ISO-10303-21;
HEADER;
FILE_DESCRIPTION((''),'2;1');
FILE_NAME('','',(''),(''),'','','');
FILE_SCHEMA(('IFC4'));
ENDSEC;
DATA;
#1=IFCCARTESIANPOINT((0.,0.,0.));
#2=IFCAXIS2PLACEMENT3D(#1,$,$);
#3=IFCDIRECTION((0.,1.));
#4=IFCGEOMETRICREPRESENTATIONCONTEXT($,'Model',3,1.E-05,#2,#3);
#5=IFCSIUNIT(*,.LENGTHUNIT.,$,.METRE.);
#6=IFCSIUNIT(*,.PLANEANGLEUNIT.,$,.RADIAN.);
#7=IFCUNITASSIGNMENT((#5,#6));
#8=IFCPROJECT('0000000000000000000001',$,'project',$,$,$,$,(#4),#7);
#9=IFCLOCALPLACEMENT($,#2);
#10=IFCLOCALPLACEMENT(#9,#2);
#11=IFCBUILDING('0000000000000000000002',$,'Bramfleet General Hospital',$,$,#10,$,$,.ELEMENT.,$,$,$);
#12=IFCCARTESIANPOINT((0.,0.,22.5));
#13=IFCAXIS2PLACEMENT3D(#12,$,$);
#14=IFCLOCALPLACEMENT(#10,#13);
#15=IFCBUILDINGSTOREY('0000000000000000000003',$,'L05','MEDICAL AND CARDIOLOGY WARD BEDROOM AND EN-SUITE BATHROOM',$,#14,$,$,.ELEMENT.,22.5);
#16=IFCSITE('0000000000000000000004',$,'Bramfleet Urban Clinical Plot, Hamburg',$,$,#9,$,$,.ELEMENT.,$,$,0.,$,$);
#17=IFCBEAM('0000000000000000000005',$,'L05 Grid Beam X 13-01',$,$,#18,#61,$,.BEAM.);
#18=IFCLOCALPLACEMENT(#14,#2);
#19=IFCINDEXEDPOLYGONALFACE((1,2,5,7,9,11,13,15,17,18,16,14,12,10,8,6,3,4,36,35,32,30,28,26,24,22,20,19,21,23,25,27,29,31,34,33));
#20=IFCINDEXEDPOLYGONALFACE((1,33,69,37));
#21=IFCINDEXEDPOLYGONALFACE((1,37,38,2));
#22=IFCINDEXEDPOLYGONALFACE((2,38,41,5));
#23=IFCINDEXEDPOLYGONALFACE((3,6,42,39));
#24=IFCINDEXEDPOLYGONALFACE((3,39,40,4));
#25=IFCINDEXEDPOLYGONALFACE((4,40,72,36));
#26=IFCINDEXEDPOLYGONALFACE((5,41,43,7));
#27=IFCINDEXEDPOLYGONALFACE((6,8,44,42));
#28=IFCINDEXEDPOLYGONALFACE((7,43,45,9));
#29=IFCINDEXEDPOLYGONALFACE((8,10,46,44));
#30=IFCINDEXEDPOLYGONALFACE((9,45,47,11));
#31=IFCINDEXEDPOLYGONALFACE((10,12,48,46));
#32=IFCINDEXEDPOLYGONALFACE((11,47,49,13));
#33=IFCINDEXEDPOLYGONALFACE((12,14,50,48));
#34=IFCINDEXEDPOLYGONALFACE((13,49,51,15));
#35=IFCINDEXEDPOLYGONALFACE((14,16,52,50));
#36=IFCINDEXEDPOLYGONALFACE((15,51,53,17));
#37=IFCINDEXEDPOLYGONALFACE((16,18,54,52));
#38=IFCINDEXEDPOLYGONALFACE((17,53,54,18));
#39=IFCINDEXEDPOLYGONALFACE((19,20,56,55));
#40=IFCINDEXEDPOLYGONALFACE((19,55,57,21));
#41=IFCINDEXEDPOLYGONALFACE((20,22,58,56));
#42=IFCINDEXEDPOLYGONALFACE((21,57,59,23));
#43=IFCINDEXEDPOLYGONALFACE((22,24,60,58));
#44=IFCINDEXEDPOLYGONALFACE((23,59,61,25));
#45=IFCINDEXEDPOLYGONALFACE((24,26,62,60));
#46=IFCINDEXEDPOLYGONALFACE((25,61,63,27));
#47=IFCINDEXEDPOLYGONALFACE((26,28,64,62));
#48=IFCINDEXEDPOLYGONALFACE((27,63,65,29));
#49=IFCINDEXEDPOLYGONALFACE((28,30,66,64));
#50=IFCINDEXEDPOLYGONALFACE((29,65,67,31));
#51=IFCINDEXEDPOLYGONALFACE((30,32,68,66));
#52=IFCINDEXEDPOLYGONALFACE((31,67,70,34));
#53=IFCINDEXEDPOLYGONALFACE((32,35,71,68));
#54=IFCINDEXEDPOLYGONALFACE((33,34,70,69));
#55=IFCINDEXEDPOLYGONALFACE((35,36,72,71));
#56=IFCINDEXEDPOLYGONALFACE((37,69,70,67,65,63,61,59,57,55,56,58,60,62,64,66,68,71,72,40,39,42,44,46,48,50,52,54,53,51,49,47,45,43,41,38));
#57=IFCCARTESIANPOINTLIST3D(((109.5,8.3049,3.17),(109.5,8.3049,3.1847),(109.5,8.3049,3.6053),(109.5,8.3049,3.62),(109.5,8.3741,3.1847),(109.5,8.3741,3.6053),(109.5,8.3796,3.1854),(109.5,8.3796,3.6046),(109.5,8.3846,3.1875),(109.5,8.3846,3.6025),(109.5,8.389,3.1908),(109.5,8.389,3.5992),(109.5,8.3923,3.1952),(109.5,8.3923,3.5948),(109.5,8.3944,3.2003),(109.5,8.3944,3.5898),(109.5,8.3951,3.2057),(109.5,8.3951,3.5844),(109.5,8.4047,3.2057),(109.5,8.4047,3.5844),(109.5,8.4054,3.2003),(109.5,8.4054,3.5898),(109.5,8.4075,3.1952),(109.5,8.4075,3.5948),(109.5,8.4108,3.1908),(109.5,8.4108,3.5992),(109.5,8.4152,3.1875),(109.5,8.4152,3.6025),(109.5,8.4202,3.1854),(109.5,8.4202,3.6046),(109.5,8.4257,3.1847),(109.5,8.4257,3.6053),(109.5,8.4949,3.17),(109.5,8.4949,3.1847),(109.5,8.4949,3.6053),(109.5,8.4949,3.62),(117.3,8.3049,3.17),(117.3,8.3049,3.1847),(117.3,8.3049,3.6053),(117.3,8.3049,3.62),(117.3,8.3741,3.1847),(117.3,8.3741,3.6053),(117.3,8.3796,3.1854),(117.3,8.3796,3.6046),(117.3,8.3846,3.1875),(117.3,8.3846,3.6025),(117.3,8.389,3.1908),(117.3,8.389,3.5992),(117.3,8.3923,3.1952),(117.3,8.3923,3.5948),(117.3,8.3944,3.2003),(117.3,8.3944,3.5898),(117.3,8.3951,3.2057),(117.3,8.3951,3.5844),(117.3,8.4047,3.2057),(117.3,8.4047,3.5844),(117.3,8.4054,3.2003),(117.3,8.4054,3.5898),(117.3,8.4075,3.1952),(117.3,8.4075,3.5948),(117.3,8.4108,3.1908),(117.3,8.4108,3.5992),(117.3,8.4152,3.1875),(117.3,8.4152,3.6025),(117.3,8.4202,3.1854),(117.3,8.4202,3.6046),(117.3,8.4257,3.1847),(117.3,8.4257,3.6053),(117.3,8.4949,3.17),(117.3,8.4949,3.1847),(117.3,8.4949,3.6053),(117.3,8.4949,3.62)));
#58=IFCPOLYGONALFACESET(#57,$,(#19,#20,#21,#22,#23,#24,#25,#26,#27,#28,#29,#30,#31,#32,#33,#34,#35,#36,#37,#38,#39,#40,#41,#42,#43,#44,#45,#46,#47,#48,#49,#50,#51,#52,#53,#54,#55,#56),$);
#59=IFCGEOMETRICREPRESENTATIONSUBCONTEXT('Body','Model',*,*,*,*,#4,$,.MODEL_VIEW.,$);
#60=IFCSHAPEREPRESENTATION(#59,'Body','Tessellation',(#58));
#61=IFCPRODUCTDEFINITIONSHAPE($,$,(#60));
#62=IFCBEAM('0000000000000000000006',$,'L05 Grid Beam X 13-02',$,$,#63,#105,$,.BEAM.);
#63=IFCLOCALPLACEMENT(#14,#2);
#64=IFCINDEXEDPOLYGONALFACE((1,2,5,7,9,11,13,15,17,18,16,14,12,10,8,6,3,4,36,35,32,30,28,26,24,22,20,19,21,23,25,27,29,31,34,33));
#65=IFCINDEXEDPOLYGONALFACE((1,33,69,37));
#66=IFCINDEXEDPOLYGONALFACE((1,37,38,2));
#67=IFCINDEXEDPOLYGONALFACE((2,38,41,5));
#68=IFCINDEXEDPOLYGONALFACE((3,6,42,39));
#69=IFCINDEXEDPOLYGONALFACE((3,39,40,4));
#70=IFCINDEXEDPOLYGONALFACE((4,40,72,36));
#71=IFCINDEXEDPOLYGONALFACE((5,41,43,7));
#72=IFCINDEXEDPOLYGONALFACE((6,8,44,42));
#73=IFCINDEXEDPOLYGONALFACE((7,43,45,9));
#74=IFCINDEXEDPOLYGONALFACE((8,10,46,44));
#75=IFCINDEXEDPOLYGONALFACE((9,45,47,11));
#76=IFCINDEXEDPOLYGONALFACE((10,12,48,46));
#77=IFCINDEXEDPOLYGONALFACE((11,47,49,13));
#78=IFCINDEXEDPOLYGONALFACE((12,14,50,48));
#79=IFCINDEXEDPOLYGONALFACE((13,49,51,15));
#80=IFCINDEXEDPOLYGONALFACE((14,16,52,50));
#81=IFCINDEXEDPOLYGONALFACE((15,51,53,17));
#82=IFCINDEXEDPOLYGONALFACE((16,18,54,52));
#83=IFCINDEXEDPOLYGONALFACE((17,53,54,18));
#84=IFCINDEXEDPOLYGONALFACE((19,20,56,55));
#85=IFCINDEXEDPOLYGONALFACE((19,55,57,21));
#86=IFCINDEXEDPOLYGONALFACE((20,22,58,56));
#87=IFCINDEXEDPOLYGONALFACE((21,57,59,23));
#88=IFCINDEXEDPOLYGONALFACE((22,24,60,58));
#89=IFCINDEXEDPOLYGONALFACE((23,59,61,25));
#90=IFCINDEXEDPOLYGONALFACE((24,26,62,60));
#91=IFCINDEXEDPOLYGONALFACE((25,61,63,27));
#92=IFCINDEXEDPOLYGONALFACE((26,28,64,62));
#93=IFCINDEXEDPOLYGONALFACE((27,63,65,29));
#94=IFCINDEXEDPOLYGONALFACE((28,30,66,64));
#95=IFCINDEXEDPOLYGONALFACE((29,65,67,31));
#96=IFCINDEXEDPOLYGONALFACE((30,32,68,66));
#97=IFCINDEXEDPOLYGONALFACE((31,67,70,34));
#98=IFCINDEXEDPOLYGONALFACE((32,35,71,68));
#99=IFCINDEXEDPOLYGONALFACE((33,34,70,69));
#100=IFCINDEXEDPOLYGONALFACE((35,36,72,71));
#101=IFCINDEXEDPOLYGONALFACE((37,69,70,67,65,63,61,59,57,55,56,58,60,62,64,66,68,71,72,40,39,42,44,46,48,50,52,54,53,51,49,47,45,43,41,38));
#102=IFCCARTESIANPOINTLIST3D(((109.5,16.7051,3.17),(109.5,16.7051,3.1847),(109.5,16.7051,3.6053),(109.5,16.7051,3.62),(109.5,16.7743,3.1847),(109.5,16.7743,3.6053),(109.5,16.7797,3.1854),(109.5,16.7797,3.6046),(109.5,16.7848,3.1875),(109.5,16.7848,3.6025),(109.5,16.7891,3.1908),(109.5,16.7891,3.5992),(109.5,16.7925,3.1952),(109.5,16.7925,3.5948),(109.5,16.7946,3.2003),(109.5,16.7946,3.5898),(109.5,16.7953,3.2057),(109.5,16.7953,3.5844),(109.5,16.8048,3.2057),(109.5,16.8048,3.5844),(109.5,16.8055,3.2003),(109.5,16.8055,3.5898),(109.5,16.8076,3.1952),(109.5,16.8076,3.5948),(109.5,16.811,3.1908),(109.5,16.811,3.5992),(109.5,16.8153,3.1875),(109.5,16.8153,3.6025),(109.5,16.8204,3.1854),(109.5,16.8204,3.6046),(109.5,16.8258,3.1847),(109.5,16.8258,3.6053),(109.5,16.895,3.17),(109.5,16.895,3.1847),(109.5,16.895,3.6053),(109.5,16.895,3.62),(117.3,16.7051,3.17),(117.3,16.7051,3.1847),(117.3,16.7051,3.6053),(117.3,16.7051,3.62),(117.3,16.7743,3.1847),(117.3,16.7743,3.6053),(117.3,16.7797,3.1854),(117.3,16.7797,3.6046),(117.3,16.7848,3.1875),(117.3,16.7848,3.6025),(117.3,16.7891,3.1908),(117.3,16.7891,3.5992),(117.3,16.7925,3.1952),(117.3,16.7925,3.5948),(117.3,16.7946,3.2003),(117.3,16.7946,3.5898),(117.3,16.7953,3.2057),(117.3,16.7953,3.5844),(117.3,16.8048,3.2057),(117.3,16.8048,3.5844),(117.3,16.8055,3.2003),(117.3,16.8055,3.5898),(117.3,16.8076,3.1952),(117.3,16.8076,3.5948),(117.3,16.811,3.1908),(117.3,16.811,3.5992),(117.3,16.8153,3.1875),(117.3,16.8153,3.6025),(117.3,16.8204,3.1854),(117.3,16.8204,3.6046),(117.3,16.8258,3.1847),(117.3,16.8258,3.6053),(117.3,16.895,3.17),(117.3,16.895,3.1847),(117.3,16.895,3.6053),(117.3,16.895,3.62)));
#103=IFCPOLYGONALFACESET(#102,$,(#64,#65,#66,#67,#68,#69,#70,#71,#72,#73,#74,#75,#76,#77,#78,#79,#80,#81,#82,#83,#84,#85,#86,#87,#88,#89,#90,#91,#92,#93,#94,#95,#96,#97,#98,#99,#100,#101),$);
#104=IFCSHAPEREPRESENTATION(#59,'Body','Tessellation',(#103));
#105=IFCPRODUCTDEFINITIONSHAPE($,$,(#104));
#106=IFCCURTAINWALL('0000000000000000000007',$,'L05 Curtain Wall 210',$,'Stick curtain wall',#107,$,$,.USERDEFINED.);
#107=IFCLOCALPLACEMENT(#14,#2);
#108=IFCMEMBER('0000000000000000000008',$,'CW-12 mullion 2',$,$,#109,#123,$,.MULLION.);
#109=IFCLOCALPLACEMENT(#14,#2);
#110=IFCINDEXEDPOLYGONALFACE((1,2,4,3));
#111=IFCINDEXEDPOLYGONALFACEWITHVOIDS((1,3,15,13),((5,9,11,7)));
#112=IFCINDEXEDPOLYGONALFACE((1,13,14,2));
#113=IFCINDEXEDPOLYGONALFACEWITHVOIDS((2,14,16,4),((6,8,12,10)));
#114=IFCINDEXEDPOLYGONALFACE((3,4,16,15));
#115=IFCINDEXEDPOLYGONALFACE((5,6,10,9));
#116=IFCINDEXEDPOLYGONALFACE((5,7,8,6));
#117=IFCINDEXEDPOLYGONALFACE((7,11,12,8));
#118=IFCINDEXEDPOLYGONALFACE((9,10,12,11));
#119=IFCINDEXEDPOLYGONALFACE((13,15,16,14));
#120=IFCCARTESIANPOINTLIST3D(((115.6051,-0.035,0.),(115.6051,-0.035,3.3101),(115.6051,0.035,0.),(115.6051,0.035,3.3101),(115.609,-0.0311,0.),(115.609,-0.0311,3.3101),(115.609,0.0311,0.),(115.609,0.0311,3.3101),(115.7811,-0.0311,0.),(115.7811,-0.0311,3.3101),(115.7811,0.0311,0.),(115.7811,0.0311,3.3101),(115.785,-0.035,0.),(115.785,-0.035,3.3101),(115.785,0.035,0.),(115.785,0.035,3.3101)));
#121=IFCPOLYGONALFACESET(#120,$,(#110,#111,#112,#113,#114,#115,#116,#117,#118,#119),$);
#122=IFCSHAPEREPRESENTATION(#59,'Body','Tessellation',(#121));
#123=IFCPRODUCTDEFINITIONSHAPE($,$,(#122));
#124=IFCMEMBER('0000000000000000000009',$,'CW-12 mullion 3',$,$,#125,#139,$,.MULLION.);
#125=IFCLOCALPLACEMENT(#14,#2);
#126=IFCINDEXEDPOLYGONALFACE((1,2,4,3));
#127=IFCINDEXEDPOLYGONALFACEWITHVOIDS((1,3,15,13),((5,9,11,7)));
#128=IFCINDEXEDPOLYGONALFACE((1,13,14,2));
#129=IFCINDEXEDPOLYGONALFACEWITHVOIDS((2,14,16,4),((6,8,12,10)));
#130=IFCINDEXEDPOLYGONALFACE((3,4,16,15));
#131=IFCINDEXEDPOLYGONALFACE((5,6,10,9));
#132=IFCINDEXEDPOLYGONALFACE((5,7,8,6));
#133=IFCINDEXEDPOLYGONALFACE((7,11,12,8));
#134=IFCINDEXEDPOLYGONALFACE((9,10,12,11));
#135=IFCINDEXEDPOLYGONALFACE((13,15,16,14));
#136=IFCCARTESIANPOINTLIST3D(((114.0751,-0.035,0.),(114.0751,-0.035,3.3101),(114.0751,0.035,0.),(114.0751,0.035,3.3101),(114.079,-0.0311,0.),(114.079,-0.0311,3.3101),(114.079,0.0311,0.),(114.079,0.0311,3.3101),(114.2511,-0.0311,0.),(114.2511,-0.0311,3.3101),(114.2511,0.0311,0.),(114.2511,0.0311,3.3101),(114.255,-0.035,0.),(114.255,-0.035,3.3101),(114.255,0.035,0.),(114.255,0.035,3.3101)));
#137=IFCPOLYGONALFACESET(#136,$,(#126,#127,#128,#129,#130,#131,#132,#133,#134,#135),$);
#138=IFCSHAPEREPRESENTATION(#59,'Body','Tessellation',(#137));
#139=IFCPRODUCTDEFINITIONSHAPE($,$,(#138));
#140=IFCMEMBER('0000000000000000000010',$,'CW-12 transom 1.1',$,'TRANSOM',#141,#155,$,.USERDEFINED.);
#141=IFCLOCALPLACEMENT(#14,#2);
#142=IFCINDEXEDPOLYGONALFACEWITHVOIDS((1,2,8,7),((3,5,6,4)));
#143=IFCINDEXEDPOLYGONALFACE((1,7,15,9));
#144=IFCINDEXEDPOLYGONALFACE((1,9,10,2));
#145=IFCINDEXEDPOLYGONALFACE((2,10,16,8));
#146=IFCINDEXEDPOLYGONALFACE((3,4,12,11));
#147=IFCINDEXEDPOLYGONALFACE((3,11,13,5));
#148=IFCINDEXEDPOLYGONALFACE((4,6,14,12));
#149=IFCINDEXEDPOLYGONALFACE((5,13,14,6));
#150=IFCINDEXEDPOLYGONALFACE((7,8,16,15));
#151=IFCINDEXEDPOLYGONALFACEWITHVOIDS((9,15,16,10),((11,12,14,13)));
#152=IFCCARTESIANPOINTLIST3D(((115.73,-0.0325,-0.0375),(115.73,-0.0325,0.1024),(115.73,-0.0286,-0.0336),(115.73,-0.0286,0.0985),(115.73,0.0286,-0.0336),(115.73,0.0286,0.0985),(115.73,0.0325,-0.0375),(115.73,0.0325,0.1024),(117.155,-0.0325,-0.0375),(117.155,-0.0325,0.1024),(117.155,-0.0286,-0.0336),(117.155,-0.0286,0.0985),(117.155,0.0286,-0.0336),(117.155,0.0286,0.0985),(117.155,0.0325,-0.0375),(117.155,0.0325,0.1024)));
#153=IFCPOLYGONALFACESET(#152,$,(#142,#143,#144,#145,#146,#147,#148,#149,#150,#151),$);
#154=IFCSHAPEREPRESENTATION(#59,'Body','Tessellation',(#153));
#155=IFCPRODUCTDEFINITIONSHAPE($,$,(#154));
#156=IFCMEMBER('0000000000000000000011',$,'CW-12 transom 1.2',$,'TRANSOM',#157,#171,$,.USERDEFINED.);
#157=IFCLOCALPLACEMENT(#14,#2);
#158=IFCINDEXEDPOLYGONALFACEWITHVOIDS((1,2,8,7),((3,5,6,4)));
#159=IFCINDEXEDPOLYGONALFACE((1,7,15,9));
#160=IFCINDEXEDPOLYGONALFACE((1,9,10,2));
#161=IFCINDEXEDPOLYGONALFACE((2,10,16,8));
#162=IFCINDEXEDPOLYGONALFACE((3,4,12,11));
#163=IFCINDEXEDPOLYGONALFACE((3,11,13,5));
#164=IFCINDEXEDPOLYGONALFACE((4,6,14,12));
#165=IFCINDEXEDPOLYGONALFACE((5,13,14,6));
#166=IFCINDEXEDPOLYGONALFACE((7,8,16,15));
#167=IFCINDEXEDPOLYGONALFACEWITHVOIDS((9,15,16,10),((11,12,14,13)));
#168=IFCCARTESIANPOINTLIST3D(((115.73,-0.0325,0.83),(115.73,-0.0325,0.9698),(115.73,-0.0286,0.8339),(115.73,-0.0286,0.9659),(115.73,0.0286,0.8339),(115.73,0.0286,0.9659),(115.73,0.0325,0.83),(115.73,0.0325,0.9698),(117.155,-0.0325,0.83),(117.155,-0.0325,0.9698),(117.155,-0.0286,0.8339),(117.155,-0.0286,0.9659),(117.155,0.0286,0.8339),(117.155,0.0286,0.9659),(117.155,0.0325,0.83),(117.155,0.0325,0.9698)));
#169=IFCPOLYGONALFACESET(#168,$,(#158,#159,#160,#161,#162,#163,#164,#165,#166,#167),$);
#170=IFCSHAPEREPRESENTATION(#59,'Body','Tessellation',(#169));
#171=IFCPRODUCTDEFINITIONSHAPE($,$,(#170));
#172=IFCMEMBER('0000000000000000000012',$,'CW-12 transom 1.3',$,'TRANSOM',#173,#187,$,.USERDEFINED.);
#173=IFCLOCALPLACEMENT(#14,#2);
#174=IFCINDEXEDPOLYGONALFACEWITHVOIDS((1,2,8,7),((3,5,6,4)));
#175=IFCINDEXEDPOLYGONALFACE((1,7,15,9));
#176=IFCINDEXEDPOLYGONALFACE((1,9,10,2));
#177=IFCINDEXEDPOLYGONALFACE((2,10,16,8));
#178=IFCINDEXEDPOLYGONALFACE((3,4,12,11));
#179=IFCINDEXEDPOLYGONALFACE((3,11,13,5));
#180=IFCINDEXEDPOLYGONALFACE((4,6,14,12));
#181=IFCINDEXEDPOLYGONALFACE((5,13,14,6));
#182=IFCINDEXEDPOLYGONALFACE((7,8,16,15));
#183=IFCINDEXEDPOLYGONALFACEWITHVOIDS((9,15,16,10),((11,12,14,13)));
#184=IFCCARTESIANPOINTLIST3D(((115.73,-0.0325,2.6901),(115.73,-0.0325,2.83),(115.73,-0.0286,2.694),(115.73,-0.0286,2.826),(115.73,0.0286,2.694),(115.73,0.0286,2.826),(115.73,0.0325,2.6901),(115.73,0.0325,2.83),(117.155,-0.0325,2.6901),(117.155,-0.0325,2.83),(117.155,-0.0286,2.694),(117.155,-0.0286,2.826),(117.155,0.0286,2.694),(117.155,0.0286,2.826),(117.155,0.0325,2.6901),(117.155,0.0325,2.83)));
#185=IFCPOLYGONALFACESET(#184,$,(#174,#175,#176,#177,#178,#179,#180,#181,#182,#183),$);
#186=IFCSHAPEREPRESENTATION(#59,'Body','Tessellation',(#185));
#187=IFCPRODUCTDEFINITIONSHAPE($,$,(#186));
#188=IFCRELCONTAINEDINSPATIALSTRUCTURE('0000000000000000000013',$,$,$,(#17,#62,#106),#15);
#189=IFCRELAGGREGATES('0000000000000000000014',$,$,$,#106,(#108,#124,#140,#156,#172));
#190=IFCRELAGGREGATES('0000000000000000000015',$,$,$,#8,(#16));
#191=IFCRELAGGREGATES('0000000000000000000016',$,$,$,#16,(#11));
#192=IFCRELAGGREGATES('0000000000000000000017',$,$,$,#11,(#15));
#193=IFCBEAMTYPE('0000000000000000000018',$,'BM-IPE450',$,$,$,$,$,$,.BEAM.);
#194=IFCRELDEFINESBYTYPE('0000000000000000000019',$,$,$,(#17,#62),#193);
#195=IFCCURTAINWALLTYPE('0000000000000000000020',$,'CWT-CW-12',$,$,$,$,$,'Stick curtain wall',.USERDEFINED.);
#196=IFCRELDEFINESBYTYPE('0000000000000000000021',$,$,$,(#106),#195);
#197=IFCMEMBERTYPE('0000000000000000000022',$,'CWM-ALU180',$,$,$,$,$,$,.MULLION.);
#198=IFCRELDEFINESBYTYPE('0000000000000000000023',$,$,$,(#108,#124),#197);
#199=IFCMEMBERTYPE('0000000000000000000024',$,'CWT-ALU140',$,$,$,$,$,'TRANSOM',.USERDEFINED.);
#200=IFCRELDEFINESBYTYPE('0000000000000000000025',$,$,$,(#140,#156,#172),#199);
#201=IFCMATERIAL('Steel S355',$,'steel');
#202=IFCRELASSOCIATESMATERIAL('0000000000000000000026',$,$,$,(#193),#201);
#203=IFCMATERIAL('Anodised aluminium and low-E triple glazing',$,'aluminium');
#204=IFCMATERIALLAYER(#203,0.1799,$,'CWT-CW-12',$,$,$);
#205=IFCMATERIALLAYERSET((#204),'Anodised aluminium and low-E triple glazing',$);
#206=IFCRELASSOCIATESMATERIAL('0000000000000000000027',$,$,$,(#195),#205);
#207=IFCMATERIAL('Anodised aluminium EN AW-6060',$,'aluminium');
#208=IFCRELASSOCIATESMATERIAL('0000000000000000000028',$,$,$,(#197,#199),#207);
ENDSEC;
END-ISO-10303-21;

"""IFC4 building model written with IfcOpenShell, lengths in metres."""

from ifc_helpers import new_model, si_unit, direction, frame, origin, origin_2d, place, context, subcontext, project, spatial, hollow_rectangle, i_section, extrude, material, layer, layer_set, material_profile, profile_set, type_object, element, aggregate, save


model = new_model("IFC4")

# Units and contexts
model_context = context("Model", 3, precision=1e-05, world=origin(), true_north=direction((0.0, 1.0)))
body_context = subcontext(model_context, "Body", "Model", "MODEL_VIEW")
ifc_project = project(units=[si_unit("LENGTHUNIT", "METRE"), si_unit("PLANEANGLEUNIT", "RADIAN")], contexts=[model_context])

# Site, building, storey
site_placement = place(None, origin())
site = spatial("IfcSite", under=ifc_project, at=site_placement, Name="Bramfleet Urban Clinical Plot, Hamburg", CompositionType="ELEMENT", RefElevation=0.0)
building_placement = place(site_placement, origin())
building = spatial("IfcBuilding", under=site, at=building_placement, Name="Bramfleet General Hospital", CompositionType="ELEMENT")
storey_placement = place(building_placement, frame((0.0, 0.0, 22.5)))
storey = spatial("IfcBuildingStorey", under=building, at=storey_placement, Name="L05", Description="MEDICAL AND CARDIOLOGY WARD BEDROOM AND EN-SUITE BATHROOM", CompositionType="ELEMENT", Elevation=22.5)

# Beams
ifc_material_1 = material(Name="Steel S355", Category="steel")
ifc_material_profile_1 = material_profile(ifc_material_1, i_section(OverallWidth=0.1899, OverallDepth=0.45, WebThickness=0.0095, FlangeThickness=0.0146, FilletRadius=0.021, at=origin_2d()), Name="IPE 450")
ifc_profile_set_1 = profile_set([ifc_material_profile_1], Name="Steel S355")
beam_type = type_object("IfcBeamType", Name="BM-IPE450", PredefinedType="BEAM", material=ifc_profile_set_1)
for number, where, z_axis, x_axis, name in (
    (1, (109.5, 8.3999, 3.395), (1.0, 0.0, 0.0), (0.0, 1.0, 0.0), "L05 Grid Beam X 13-01"),
    (2, (109.5, 16.8, 3.395), (1.0, 0.0, 0.0), (0.0, 1.0, 0.0), "L05 Grid Beam X 13-02"),
):
    element("IfcBeam", number, at=place(storey_placement, frame(where, z_axis=z_axis, x_axis=x_axis)), inside=storey, type_object=beam_type, Name=name, PredefinedType="BEAM", context=body_context, shape_type="SweptSolid", body=[
        extrude(i_section(OverallWidth=0.1899, OverallDepth=0.45, WebThickness=0.0095, FlangeThickness=0.0146, FilletRadius=0.021, at=origin_2d()), origin(), (0.0, 0.0, 1.0), 7.8),
    ])

# Curtain wall, members
ifc_material_2 = material(Name="Anodised aluminium and low-E triple glazing", Category="aluminium")
ifc_layer_1 = layer(ifc_material_2, 0.1799, Name="CWT-CW-12")
ifc_layer_set_1 = layer_set([ifc_layer_1], Name="Anodised aluminium and low-E triple glazing")
curtain_wall_type = type_object("IfcCurtainWallType", Name="CWT-CW-12", ElementType="Stick curtain wall", PredefinedType="USERDEFINED", material=ifc_layer_set_1)
curtain_wall_placement = place(storey_placement, origin())
curtain_wall = element("IfcCurtainWall", 3, at=curtain_wall_placement, inside=storey, type_object=curtain_wall_type, Name="L05 Curtain Wall 210", ObjectType="Stick curtain wall", PredefinedType="USERDEFINED")
ifc_material_3 = material(Name="Anodised aluminium EN AW-6060", Category="aluminium")
ifc_material_profile_2 = material_profile(ifc_material_3, hollow_rectangle(XDim=0.0701, YDim=0.1799, WallThickness=0.0039, at=origin_2d()), Name="ALU 180x70x4.0")
ifc_profile_set_2 = profile_set([ifc_material_profile_2], Name="Anodised aluminium EN AW-6060")
member_type_1 = type_object("IfcMemberType", Name="CWM-ALU180", PredefinedType="MULLION", material=ifc_profile_set_2)
member_1_placement = place(storey_placement, frame((115.6951, 0.0, 0.0), z_axis=(0.0, 0.0, 1.0), x_axis=(0.0, -1.0, 0.0)))
member_1 = element("IfcMember", 4, at=member_1_placement, type_object=member_type_1, Name="CW-12 mullion 2", PredefinedType="MULLION", context=body_context, shape_type="SweptSolid", body=[
    extrude(hollow_rectangle(XDim=0.0701, YDim=0.1799, WallThickness=0.0039, at=origin_2d()), origin(), (0.0, 0.0, 1.0), 3.3101),
])
member_2_placement = place(storey_placement, frame((114.165, 0.0, 0.0), z_axis=(0.0, 0.0, 1.0), x_axis=(0.0, -1.0, 0.0)))
member_2 = element("IfcMember", 5, at=member_2_placement, type_object=member_type_1, Name="CW-12 mullion 3", PredefinedType="MULLION", context=body_context, shape_type="SweptSolid", body=[
    extrude(hollow_rectangle(XDim=0.0701, YDim=0.1799, WallThickness=0.0039, at=origin_2d()), origin(), (0.0, 0.0, 1.0), 3.3101),
])
ifc_material_profile_3 = material_profile(ifc_material_3, hollow_rectangle(XDim=0.0649, YDim=0.1399, WallThickness=0.0039, at=origin_2d()), Name="ALU 140x65x4.0")
ifc_profile_set_3 = profile_set([ifc_material_profile_3], Name="Anodised aluminium EN AW-6060")
member_type_2 = type_object("IfcMemberType", Name="CWT-ALU140", ElementType="TRANSOM", PredefinedType="USERDEFINED", material=ifc_profile_set_3)
member_3_placement = place(storey_placement, frame((117.155, 0.0, 0.0325), z_axis=(-1.0, 0.0, 0.0), x_axis=(0.0, -1.0, 0.0)))
member_3 = element("IfcMember", 6, at=member_3_placement, type_object=member_type_2, Name="CW-12 transom 1.1", ObjectType="TRANSOM", PredefinedType="USERDEFINED", context=body_context, shape_type="SweptSolid", body=[
    extrude(hollow_rectangle(XDim=0.0649, YDim=0.1399, WallThickness=0.0039, at=origin_2d()), origin(), (0.0, 0.0, 1.0), 1.425),
])
member_4_placement = place(storey_placement, frame((117.155, 0.0, 0.8999), z_axis=(-1.0, 0.0, 0.0), x_axis=(0.0, -1.0, 0.0)))
member_4 = element("IfcMember", 7, at=member_4_placement, type_object=member_type_2, Name="CW-12 transom 1.2", ObjectType="TRANSOM", PredefinedType="USERDEFINED", context=body_context, shape_type="SweptSolid", body=[
    extrude(hollow_rectangle(XDim=0.0649, YDim=0.1399, WallThickness=0.0039, at=origin_2d()), origin(), (0.0, 0.0, 1.0), 1.425),
])
member_5_placement = place(storey_placement, frame((117.155, 0.0, 2.76), z_axis=(-1.0, 0.0, 0.0), x_axis=(0.0, -1.0, 0.0)))
member_5 = element("IfcMember", 8, at=member_5_placement, type_object=member_type_2, Name="CW-12 transom 1.3", ObjectType="TRANSOM", PredefinedType="USERDEFINED", context=body_context, shape_type="SweptSolid", body=[
    extrude(hollow_rectangle(XDim=0.0649, YDim=0.1399, WallThickness=0.0039, at=origin_2d()), origin(), (0.0, 0.0, 1.0), 1.425),
])
aggregate(curtain_wall, [member_1, member_2, member_3, member_4, member_5])

save(model, "model.ifc")
